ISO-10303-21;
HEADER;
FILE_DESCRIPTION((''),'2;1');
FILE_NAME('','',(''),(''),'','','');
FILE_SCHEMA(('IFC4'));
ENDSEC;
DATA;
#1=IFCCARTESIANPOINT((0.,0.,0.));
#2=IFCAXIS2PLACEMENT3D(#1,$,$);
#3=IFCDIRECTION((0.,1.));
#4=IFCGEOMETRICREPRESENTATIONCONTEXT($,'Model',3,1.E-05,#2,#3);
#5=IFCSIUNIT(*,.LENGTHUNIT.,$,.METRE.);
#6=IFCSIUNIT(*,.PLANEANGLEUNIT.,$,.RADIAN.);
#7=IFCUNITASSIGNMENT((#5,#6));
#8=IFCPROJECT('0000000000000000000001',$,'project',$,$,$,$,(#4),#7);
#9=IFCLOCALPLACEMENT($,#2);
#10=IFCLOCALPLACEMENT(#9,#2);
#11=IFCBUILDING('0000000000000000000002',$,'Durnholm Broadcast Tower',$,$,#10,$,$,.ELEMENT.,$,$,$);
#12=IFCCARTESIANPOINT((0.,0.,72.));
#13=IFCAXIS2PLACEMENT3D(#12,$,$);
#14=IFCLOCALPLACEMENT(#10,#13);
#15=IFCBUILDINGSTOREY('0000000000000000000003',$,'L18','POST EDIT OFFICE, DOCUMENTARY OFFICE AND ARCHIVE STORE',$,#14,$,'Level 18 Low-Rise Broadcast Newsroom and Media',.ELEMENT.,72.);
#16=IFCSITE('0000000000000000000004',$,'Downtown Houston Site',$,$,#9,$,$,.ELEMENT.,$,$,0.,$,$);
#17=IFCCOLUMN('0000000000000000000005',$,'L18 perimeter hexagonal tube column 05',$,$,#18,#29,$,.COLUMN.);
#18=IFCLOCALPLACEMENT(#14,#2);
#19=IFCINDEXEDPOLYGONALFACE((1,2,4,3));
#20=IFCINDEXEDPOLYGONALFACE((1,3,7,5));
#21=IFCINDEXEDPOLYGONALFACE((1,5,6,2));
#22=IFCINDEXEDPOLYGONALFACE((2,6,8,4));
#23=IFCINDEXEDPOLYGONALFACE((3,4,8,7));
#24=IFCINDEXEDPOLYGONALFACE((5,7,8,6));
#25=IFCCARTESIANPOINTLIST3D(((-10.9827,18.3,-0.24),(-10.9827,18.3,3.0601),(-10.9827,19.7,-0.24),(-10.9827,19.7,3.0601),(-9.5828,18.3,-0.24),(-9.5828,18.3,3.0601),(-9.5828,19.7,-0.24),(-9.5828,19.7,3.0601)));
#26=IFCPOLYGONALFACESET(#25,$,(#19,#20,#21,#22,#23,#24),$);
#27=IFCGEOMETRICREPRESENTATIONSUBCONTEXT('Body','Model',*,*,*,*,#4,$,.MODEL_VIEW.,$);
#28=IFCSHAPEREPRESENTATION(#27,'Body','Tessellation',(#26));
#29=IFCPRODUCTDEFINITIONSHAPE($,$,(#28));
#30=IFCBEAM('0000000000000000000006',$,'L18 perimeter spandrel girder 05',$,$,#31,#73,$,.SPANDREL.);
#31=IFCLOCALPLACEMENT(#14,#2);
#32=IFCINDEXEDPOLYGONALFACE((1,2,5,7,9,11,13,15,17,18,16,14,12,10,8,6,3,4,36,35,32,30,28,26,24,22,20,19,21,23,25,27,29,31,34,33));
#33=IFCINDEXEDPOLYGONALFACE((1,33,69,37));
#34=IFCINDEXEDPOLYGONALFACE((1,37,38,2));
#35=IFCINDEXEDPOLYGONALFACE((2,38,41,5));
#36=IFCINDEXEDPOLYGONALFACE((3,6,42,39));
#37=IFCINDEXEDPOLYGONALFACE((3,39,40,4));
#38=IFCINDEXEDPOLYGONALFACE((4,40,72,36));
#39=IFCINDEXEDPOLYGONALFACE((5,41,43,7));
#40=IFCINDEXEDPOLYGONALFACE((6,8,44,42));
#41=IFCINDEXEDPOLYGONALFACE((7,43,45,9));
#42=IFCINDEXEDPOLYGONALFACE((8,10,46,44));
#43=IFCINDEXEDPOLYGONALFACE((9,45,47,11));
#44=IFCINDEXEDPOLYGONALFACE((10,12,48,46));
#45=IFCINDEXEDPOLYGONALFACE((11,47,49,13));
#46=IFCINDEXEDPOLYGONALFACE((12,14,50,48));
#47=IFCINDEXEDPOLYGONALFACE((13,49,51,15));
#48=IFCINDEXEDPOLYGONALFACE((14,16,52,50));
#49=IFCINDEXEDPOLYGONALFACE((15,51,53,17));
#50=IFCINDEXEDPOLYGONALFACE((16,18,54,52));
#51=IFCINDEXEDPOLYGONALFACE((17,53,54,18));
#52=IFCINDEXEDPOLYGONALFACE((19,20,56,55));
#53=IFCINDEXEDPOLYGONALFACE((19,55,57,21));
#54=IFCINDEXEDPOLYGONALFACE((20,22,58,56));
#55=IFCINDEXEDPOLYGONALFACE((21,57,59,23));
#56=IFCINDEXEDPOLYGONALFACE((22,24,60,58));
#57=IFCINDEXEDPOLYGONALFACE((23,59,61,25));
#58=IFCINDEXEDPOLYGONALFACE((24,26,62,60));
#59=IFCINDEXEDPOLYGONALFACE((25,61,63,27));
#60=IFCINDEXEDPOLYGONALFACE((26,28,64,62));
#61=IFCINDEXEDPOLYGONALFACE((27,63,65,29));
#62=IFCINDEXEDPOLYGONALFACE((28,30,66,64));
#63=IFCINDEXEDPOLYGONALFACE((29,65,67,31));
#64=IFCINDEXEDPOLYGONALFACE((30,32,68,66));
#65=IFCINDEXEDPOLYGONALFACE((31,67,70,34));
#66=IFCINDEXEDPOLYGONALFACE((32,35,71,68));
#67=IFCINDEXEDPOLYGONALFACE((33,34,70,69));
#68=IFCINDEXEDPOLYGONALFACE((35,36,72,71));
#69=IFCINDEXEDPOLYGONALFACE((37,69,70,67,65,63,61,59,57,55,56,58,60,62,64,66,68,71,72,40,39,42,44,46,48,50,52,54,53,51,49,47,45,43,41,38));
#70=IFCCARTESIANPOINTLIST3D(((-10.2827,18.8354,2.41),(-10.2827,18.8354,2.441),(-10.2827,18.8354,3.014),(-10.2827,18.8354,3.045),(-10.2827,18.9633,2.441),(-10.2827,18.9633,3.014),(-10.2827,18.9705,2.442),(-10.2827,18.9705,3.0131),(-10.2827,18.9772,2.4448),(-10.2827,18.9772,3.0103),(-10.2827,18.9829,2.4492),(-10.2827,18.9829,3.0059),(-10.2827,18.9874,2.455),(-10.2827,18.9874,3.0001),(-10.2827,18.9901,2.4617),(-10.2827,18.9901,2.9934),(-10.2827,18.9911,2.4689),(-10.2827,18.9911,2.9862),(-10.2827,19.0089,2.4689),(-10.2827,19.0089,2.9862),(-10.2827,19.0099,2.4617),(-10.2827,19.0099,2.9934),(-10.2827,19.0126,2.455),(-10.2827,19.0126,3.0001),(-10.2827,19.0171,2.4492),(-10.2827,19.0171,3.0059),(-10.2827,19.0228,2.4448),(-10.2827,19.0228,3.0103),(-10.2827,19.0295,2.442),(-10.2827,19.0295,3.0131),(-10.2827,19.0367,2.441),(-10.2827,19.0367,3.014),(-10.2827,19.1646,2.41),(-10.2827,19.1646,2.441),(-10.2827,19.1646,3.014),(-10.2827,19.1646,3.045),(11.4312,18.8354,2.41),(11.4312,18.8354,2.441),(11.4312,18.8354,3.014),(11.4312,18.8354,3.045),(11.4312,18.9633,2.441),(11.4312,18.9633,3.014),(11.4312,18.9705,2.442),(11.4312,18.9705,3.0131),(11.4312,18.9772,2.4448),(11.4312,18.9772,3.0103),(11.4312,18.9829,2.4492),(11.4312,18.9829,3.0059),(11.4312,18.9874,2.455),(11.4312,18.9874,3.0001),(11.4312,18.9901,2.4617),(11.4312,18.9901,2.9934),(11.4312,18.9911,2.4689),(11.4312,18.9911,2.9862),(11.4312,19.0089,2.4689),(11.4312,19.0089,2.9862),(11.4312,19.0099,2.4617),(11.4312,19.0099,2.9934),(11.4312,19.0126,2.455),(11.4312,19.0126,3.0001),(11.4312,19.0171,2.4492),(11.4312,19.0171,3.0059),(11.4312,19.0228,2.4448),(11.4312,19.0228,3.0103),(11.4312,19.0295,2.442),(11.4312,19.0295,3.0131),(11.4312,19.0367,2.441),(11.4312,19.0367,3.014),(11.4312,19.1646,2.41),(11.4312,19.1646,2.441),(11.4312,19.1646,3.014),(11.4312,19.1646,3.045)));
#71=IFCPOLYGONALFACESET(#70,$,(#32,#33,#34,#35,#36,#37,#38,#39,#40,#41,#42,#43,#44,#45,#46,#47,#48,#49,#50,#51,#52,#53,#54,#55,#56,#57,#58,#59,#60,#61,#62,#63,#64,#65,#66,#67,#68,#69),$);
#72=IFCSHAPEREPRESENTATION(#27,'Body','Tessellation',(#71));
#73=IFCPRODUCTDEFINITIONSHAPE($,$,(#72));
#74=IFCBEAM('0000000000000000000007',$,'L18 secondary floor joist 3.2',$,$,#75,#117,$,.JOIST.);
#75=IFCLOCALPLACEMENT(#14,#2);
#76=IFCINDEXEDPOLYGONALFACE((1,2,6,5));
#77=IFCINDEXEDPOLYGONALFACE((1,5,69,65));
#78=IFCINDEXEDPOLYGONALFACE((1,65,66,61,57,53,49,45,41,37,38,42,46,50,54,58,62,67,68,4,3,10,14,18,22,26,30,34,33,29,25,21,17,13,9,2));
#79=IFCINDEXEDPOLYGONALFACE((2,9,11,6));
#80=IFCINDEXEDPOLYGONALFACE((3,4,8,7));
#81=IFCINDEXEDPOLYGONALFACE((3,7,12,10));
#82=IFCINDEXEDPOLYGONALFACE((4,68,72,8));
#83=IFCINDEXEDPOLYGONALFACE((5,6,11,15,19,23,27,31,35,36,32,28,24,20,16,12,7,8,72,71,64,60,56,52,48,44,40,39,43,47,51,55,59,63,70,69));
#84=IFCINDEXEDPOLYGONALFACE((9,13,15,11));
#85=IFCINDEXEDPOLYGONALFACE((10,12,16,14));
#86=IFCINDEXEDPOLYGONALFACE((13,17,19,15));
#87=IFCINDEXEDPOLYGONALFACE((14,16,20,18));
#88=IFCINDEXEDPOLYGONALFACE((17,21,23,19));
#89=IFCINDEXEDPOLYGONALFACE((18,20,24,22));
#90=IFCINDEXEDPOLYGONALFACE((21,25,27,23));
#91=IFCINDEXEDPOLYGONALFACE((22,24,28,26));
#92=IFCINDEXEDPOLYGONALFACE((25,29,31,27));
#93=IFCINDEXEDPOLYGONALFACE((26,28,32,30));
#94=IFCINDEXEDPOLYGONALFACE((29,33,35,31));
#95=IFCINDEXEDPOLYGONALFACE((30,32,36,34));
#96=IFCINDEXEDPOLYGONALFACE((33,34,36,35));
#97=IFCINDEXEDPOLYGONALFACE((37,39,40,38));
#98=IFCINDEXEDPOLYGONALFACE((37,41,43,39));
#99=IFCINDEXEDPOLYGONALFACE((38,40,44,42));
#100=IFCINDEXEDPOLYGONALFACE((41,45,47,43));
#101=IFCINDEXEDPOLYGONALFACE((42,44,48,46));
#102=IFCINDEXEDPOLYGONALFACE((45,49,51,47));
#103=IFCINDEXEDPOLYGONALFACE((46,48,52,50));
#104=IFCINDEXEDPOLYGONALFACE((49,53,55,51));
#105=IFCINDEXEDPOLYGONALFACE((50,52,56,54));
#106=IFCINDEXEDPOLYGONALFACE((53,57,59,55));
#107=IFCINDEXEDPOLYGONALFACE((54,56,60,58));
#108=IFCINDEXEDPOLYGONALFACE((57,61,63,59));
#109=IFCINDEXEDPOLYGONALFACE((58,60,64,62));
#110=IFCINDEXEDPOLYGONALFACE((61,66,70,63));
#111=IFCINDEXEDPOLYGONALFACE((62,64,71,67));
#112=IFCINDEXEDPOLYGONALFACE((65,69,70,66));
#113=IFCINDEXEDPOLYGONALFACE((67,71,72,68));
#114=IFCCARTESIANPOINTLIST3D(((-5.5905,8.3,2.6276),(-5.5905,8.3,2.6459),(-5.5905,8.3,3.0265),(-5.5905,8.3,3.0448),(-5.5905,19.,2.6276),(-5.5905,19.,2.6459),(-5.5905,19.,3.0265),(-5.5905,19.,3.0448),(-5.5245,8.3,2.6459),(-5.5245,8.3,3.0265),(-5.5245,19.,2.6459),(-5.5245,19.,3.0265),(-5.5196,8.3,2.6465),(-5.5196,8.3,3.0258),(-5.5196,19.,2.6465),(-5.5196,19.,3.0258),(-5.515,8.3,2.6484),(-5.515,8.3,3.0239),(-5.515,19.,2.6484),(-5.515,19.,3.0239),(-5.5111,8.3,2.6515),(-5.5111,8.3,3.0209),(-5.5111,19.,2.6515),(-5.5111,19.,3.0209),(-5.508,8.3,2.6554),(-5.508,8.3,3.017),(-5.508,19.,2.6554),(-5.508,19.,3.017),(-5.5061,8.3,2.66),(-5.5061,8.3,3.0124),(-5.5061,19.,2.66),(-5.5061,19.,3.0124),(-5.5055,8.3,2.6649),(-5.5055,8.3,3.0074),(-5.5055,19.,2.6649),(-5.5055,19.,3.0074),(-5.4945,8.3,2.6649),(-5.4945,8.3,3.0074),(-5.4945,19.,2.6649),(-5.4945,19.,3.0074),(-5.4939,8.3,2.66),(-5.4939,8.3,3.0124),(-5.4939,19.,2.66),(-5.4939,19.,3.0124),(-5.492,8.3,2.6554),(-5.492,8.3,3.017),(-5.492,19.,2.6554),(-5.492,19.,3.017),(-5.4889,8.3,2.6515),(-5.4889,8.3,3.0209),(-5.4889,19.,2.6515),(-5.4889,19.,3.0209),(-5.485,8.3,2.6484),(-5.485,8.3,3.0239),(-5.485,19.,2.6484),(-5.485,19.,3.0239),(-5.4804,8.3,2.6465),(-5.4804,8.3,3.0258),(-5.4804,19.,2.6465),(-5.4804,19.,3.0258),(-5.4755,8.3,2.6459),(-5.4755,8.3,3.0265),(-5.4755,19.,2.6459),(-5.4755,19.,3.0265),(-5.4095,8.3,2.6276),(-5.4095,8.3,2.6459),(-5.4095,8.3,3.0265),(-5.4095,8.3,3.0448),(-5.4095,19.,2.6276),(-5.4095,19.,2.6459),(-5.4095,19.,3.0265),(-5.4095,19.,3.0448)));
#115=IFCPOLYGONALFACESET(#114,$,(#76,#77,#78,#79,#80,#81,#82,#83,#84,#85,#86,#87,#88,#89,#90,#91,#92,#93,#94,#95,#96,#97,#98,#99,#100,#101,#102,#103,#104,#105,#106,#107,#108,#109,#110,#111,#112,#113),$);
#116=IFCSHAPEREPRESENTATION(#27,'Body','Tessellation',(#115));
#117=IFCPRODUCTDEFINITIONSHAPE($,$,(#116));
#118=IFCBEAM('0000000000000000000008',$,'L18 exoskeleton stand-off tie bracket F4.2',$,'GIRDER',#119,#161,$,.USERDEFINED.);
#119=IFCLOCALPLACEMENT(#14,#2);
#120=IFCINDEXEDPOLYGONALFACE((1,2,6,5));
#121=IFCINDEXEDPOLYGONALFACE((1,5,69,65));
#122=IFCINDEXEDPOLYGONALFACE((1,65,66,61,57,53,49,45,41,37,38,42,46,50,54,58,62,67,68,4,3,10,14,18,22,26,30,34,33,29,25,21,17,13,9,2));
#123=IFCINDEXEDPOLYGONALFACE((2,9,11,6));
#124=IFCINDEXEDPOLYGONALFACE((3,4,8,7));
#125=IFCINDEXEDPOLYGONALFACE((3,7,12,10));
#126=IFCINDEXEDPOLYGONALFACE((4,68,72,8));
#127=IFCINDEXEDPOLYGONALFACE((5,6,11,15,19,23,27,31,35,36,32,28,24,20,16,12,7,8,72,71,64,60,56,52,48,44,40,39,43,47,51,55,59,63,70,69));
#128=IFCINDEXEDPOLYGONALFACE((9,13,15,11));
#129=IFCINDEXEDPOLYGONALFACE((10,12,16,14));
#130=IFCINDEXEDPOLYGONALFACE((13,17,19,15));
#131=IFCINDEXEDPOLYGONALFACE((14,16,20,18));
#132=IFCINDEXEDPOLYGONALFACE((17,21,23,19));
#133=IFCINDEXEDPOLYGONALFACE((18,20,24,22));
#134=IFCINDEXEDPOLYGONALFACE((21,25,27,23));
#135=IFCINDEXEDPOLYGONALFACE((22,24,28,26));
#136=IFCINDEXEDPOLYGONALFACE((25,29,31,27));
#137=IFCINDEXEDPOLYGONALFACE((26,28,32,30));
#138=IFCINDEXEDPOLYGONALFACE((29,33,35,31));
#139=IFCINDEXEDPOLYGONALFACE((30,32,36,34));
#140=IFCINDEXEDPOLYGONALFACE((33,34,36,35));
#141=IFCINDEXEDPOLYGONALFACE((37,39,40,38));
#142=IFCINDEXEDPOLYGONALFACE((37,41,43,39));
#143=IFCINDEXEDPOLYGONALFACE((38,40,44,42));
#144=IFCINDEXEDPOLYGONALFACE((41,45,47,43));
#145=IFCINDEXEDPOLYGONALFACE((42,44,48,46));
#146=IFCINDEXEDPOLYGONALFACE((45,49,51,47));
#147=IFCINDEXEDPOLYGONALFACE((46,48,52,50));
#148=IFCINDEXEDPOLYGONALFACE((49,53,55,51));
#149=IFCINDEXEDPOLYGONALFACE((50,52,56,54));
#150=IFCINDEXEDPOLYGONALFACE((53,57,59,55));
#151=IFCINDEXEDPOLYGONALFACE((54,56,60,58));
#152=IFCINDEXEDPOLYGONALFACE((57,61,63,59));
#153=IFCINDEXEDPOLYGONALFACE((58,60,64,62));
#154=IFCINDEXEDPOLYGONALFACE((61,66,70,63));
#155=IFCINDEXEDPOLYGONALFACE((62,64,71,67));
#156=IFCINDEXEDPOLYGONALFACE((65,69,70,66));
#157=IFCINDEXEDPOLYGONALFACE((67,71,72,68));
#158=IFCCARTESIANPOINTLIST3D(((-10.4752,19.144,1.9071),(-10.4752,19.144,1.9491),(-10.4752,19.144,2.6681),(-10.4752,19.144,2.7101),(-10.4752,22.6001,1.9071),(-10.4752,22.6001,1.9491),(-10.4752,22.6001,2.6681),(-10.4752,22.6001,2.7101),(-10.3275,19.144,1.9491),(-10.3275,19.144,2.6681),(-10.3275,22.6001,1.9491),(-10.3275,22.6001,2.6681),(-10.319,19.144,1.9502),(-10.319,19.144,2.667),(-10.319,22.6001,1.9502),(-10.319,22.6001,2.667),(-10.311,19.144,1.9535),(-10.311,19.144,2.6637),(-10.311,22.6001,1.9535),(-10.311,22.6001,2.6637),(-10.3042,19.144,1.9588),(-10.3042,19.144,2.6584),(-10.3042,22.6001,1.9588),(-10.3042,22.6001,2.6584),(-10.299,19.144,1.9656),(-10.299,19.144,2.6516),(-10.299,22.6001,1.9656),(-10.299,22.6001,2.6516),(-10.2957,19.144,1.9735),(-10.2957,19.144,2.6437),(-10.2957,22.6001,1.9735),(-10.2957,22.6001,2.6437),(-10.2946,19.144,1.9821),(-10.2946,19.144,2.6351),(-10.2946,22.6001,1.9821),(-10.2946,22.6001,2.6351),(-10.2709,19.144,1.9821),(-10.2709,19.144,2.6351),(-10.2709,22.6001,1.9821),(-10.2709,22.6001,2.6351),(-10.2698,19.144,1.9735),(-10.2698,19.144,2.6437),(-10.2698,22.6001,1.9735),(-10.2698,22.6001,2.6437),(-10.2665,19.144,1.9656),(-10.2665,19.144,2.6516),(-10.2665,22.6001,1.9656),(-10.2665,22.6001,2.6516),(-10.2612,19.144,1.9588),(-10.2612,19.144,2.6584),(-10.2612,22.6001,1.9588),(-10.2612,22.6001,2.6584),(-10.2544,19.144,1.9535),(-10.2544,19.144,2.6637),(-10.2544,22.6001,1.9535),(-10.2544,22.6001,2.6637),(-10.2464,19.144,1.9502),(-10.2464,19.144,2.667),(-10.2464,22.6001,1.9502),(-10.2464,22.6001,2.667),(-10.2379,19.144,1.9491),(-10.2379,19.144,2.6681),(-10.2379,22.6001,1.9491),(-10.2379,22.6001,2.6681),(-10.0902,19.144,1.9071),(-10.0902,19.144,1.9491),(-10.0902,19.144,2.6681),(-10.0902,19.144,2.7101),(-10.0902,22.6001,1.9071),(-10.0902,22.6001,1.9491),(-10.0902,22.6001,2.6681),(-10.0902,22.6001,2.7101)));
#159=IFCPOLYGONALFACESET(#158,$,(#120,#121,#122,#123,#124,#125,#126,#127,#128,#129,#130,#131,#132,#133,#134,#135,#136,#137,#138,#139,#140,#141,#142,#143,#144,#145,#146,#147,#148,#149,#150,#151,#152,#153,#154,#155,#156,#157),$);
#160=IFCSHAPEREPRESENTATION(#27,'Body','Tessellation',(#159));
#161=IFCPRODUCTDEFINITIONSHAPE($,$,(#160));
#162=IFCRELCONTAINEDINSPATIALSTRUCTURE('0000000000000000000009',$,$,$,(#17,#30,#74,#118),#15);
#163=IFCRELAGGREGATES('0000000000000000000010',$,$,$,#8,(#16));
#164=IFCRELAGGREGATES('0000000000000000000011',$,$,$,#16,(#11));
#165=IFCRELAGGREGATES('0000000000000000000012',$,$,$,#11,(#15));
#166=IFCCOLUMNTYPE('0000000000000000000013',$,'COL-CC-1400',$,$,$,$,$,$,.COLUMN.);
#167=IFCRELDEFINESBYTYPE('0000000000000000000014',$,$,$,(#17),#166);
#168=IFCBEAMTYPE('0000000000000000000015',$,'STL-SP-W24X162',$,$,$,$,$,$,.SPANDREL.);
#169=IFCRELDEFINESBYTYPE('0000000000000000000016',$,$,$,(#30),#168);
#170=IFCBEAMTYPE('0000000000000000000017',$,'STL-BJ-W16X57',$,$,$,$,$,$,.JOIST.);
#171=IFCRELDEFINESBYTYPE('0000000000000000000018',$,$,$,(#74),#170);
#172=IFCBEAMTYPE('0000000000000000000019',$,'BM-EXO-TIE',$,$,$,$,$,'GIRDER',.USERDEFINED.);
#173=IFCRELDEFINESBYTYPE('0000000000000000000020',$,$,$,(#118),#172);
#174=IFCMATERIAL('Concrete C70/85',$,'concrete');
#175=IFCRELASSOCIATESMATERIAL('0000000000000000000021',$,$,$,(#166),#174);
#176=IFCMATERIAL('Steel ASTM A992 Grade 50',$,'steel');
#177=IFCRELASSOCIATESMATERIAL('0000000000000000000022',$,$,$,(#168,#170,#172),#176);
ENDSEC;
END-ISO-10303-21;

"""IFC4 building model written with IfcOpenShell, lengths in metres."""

from ifc_helpers import new_model, si_unit, direction, frame, origin, origin_2d, place, context, subcontext, project, spatial, rectangle, i_section, extrude, source, transform, mapped, material, material_profile, profile_set, type_object, type_shapes, element, save


model = new_model("IFC4")

# Units and contexts
model_context = context("Model", 3, precision=1e-05, world=origin(), true_north=direction((0.0, 1.0)))
body_context = subcontext(model_context, "Body", "Model", "MODEL_VIEW")
ifc_project = project(units=[si_unit("LENGTHUNIT", "METRE"), si_unit("PLANEANGLEUNIT", "RADIAN")], contexts=[model_context])

# Site, building, storey
site_placement = place(None, origin())
site = spatial("IfcSite", under=ifc_project, at=site_placement, Name="Downtown Houston Site", CompositionType="ELEMENT", RefElevation=0.0)
building_placement = place(site_placement, origin())
building = spatial("IfcBuilding", under=site, at=building_placement, Name="Durnholm Broadcast Tower", CompositionType="ELEMENT")
storey_placement = place(building_placement, frame((0.0, 0.0, 72.0)))
storey = spatial("IfcBuildingStorey", under=building, at=storey_placement, Name="L18", Description="POST EDIT OFFICE, DOCUMENTARY OFFICE AND ARCHIVE STORE", LongName="Level 18 Low-Rise Broadcast Newsroom and Media", CompositionType="ELEMENT", Elevation=72.0)

# Column
ifc_material_1 = material(Name="Concrete C70/85", Category="concrete")
ifc_material_profile_1 = material_profile(ifc_material_1, rectangle(XDim=1.3999, YDim=1.3999, at=origin_2d()), Name="RC1400X1400")
ifc_profile_set_1 = profile_set([ifc_material_profile_1], Name="Concrete C70/85")
column_type = type_object("IfcColumnType", Name="COL-CC-1400", PredefinedType="COLUMN", material=ifc_profile_set_1)
shared_shape_1 = source(origin(), body_context, "Body", "SweptSolid", [
    extrude(rectangle(XDim=1.3999, YDim=1.3999, at=origin_2d()), origin(), (0.0, 0.0, 1.0), 3.3),
])
type_shapes(column_type, [shared_shape_1])
column_placement = place(storey_placement, frame((-10.2827, 19.0, -0.24), z_axis=(0.0, 0.0, 1.0), x_axis=(1.0, 0.0, 0.0)))
element("IfcColumn", 1, at=column_placement, inside=storey, type_object=column_type, Name="L18 perimeter hexagonal tube column 05", PredefinedType="COLUMN", context=body_context, shape_type="MappedRepresentation", body=[
    mapped(shared_shape_1, transform((0.0, 0.0, 0.0), x_axis=(1.0, 0.0, 0.0), y_axis=(0.0, 1.0, 0.0), z_axis=(0.0, 0.0, 1.0), scale=1.0)),
])

# Beams
ifc_material_2 = material(Name="Steel ASTM A992 Grade 50", Category="steel")
ifc_material_profile_2 = material_profile(ifc_material_2, i_section(OverallWidth=0.3291, OverallDepth=0.635, WebThickness=0.0178, FlangeThickness=0.031, FilletRadius=0.0278, at=origin_2d()), Name="W24X162")
ifc_profile_set_2 = profile_set([ifc_material_profile_2], Name="Steel ASTM A992 Grade 50")
beam_type_1 = type_object("IfcBeamType", Name="STL-SP-W24X162", PredefinedType="SPANDREL", material=ifc_profile_set_2)
shared_shape_2 = source(origin(), body_context, "Body", "SweptSolid", [
    extrude(i_section(OverallWidth=0.3291, OverallDepth=0.635, WebThickness=0.0178, FlangeThickness=0.031, FilletRadius=0.0278, at=origin_2d()), origin(), (0.0, 0.0, 1.0), 21.7139),
])
type_shapes(beam_type_1, [shared_shape_2])
beam_1_placement = place(storey_placement, frame((-10.2827, 19.0, 2.7275), z_axis=(1.0, 0.0, 0.0), x_axis=(0.0, 1.0, 0.0)))
element("IfcBeam", 2, at=beam_1_placement, inside=storey, type_object=beam_type_1, Name="L18 perimeter spandrel girder 05", PredefinedType="SPANDREL", context=body_context, shape_type="MappedRepresentation", body=[
    mapped(shared_shape_2, transform((0.0, 0.0, 0.0), x_axis=(1.0, 0.0, 0.0), y_axis=(0.0, 1.0, 0.0), z_axis=(0.0, 0.0, 1.0), scale=1.0)),
])
ifc_material_profile_3 = material_profile(ifc_material_2, i_section(OverallWidth=0.1809, OverallDepth=0.4172, WebThickness=0.011, FlangeThickness=0.0183, FilletRadius=0.019, at=origin_2d()), Name="W16X57")
ifc_profile_set_3 = profile_set([ifc_material_profile_3], Name="Steel ASTM A992 Grade 50")
beam_type_2 = type_object("IfcBeamType", Name="STL-BJ-W16X57", PredefinedType="JOIST", material=ifc_profile_set_3)
shared_shape_3 = source(origin(), body_context, "Body", "SweptSolid", [
    extrude(i_section(OverallWidth=0.1809, OverallDepth=0.4172, WebThickness=0.011, FlangeThickness=0.0183, FilletRadius=0.019, at=origin_2d()), origin(), (0.0, 0.0, 1.0), 10.7),
])
type_shapes(beam_type_2, [shared_shape_3])
beam_2_placement = place(storey_placement, frame((-5.5, 8.3, 2.8362), z_axis=(0.0, 1.0, 0.0), x_axis=(-1.0, 0.0, 0.0)))
element("IfcBeam", 3, at=beam_2_placement, inside=storey, type_object=beam_type_2, Name="L18 secondary floor joist 3.2", PredefinedType="JOIST", context=body_context, shape_type="MappedRepresentation", body=[
    mapped(shared_shape_3, transform((0.0, 0.0, 0.0), x_axis=(1.0, 0.0, 0.0), y_axis=(0.0, 1.0, 0.0), z_axis=(0.0, 0.0, 1.0), scale=1.0)),
])
ifc_material_profile_4 = material_profile(ifc_material_2, i_section(OverallWidth=0.385, OverallDepth=0.803, WebThickness=0.0237, FlangeThickness=0.042, FilletRadius=0.033, at=origin_2d()), Name="W30X261")
ifc_profile_set_4 = profile_set([ifc_material_profile_4], Name="Steel ASTM A992 Grade 50")
beam_type_3 = type_object("IfcBeamType", Name="BM-EXO-TIE", ElementType="GIRDER", PredefinedType="USERDEFINED", material=ifc_profile_set_4)
shared_shape_4 = source(origin(), body_context, "Body", "SweptSolid", [
    extrude(i_section(OverallWidth=0.385, OverallDepth=0.803, WebThickness=0.0237, FlangeThickness=0.042, FilletRadius=0.033, at=origin_2d()), origin(), (0.0, 0.0, 1.0), 3.4561),
])
type_shapes(beam_type_3, [shared_shape_4])
beam_3_placement = place(storey_placement, frame((-10.2827, 19.144, 2.3086), z_axis=(0.0, 1.0, 0.0), x_axis=(-1.0, 0.0, 0.0)))
element("IfcBeam", 4, at=beam_3_placement, inside=storey, type_object=beam_type_3, Name="L18 exoskeleton stand-off tie bracket F4.2", ObjectType="GIRDER", PredefinedType="USERDEFINED", context=body_context, shape_type="MappedRepresentation", body=[
    mapped(shared_shape_4, transform((0.0, 0.0, 0.0), x_axis=(1.0, 0.0, 0.0), y_axis=(0.0, 1.0, 0.0), z_axis=(0.0, 0.0, 1.0), scale=1.0)),
])

save(model, "model.ifc")
